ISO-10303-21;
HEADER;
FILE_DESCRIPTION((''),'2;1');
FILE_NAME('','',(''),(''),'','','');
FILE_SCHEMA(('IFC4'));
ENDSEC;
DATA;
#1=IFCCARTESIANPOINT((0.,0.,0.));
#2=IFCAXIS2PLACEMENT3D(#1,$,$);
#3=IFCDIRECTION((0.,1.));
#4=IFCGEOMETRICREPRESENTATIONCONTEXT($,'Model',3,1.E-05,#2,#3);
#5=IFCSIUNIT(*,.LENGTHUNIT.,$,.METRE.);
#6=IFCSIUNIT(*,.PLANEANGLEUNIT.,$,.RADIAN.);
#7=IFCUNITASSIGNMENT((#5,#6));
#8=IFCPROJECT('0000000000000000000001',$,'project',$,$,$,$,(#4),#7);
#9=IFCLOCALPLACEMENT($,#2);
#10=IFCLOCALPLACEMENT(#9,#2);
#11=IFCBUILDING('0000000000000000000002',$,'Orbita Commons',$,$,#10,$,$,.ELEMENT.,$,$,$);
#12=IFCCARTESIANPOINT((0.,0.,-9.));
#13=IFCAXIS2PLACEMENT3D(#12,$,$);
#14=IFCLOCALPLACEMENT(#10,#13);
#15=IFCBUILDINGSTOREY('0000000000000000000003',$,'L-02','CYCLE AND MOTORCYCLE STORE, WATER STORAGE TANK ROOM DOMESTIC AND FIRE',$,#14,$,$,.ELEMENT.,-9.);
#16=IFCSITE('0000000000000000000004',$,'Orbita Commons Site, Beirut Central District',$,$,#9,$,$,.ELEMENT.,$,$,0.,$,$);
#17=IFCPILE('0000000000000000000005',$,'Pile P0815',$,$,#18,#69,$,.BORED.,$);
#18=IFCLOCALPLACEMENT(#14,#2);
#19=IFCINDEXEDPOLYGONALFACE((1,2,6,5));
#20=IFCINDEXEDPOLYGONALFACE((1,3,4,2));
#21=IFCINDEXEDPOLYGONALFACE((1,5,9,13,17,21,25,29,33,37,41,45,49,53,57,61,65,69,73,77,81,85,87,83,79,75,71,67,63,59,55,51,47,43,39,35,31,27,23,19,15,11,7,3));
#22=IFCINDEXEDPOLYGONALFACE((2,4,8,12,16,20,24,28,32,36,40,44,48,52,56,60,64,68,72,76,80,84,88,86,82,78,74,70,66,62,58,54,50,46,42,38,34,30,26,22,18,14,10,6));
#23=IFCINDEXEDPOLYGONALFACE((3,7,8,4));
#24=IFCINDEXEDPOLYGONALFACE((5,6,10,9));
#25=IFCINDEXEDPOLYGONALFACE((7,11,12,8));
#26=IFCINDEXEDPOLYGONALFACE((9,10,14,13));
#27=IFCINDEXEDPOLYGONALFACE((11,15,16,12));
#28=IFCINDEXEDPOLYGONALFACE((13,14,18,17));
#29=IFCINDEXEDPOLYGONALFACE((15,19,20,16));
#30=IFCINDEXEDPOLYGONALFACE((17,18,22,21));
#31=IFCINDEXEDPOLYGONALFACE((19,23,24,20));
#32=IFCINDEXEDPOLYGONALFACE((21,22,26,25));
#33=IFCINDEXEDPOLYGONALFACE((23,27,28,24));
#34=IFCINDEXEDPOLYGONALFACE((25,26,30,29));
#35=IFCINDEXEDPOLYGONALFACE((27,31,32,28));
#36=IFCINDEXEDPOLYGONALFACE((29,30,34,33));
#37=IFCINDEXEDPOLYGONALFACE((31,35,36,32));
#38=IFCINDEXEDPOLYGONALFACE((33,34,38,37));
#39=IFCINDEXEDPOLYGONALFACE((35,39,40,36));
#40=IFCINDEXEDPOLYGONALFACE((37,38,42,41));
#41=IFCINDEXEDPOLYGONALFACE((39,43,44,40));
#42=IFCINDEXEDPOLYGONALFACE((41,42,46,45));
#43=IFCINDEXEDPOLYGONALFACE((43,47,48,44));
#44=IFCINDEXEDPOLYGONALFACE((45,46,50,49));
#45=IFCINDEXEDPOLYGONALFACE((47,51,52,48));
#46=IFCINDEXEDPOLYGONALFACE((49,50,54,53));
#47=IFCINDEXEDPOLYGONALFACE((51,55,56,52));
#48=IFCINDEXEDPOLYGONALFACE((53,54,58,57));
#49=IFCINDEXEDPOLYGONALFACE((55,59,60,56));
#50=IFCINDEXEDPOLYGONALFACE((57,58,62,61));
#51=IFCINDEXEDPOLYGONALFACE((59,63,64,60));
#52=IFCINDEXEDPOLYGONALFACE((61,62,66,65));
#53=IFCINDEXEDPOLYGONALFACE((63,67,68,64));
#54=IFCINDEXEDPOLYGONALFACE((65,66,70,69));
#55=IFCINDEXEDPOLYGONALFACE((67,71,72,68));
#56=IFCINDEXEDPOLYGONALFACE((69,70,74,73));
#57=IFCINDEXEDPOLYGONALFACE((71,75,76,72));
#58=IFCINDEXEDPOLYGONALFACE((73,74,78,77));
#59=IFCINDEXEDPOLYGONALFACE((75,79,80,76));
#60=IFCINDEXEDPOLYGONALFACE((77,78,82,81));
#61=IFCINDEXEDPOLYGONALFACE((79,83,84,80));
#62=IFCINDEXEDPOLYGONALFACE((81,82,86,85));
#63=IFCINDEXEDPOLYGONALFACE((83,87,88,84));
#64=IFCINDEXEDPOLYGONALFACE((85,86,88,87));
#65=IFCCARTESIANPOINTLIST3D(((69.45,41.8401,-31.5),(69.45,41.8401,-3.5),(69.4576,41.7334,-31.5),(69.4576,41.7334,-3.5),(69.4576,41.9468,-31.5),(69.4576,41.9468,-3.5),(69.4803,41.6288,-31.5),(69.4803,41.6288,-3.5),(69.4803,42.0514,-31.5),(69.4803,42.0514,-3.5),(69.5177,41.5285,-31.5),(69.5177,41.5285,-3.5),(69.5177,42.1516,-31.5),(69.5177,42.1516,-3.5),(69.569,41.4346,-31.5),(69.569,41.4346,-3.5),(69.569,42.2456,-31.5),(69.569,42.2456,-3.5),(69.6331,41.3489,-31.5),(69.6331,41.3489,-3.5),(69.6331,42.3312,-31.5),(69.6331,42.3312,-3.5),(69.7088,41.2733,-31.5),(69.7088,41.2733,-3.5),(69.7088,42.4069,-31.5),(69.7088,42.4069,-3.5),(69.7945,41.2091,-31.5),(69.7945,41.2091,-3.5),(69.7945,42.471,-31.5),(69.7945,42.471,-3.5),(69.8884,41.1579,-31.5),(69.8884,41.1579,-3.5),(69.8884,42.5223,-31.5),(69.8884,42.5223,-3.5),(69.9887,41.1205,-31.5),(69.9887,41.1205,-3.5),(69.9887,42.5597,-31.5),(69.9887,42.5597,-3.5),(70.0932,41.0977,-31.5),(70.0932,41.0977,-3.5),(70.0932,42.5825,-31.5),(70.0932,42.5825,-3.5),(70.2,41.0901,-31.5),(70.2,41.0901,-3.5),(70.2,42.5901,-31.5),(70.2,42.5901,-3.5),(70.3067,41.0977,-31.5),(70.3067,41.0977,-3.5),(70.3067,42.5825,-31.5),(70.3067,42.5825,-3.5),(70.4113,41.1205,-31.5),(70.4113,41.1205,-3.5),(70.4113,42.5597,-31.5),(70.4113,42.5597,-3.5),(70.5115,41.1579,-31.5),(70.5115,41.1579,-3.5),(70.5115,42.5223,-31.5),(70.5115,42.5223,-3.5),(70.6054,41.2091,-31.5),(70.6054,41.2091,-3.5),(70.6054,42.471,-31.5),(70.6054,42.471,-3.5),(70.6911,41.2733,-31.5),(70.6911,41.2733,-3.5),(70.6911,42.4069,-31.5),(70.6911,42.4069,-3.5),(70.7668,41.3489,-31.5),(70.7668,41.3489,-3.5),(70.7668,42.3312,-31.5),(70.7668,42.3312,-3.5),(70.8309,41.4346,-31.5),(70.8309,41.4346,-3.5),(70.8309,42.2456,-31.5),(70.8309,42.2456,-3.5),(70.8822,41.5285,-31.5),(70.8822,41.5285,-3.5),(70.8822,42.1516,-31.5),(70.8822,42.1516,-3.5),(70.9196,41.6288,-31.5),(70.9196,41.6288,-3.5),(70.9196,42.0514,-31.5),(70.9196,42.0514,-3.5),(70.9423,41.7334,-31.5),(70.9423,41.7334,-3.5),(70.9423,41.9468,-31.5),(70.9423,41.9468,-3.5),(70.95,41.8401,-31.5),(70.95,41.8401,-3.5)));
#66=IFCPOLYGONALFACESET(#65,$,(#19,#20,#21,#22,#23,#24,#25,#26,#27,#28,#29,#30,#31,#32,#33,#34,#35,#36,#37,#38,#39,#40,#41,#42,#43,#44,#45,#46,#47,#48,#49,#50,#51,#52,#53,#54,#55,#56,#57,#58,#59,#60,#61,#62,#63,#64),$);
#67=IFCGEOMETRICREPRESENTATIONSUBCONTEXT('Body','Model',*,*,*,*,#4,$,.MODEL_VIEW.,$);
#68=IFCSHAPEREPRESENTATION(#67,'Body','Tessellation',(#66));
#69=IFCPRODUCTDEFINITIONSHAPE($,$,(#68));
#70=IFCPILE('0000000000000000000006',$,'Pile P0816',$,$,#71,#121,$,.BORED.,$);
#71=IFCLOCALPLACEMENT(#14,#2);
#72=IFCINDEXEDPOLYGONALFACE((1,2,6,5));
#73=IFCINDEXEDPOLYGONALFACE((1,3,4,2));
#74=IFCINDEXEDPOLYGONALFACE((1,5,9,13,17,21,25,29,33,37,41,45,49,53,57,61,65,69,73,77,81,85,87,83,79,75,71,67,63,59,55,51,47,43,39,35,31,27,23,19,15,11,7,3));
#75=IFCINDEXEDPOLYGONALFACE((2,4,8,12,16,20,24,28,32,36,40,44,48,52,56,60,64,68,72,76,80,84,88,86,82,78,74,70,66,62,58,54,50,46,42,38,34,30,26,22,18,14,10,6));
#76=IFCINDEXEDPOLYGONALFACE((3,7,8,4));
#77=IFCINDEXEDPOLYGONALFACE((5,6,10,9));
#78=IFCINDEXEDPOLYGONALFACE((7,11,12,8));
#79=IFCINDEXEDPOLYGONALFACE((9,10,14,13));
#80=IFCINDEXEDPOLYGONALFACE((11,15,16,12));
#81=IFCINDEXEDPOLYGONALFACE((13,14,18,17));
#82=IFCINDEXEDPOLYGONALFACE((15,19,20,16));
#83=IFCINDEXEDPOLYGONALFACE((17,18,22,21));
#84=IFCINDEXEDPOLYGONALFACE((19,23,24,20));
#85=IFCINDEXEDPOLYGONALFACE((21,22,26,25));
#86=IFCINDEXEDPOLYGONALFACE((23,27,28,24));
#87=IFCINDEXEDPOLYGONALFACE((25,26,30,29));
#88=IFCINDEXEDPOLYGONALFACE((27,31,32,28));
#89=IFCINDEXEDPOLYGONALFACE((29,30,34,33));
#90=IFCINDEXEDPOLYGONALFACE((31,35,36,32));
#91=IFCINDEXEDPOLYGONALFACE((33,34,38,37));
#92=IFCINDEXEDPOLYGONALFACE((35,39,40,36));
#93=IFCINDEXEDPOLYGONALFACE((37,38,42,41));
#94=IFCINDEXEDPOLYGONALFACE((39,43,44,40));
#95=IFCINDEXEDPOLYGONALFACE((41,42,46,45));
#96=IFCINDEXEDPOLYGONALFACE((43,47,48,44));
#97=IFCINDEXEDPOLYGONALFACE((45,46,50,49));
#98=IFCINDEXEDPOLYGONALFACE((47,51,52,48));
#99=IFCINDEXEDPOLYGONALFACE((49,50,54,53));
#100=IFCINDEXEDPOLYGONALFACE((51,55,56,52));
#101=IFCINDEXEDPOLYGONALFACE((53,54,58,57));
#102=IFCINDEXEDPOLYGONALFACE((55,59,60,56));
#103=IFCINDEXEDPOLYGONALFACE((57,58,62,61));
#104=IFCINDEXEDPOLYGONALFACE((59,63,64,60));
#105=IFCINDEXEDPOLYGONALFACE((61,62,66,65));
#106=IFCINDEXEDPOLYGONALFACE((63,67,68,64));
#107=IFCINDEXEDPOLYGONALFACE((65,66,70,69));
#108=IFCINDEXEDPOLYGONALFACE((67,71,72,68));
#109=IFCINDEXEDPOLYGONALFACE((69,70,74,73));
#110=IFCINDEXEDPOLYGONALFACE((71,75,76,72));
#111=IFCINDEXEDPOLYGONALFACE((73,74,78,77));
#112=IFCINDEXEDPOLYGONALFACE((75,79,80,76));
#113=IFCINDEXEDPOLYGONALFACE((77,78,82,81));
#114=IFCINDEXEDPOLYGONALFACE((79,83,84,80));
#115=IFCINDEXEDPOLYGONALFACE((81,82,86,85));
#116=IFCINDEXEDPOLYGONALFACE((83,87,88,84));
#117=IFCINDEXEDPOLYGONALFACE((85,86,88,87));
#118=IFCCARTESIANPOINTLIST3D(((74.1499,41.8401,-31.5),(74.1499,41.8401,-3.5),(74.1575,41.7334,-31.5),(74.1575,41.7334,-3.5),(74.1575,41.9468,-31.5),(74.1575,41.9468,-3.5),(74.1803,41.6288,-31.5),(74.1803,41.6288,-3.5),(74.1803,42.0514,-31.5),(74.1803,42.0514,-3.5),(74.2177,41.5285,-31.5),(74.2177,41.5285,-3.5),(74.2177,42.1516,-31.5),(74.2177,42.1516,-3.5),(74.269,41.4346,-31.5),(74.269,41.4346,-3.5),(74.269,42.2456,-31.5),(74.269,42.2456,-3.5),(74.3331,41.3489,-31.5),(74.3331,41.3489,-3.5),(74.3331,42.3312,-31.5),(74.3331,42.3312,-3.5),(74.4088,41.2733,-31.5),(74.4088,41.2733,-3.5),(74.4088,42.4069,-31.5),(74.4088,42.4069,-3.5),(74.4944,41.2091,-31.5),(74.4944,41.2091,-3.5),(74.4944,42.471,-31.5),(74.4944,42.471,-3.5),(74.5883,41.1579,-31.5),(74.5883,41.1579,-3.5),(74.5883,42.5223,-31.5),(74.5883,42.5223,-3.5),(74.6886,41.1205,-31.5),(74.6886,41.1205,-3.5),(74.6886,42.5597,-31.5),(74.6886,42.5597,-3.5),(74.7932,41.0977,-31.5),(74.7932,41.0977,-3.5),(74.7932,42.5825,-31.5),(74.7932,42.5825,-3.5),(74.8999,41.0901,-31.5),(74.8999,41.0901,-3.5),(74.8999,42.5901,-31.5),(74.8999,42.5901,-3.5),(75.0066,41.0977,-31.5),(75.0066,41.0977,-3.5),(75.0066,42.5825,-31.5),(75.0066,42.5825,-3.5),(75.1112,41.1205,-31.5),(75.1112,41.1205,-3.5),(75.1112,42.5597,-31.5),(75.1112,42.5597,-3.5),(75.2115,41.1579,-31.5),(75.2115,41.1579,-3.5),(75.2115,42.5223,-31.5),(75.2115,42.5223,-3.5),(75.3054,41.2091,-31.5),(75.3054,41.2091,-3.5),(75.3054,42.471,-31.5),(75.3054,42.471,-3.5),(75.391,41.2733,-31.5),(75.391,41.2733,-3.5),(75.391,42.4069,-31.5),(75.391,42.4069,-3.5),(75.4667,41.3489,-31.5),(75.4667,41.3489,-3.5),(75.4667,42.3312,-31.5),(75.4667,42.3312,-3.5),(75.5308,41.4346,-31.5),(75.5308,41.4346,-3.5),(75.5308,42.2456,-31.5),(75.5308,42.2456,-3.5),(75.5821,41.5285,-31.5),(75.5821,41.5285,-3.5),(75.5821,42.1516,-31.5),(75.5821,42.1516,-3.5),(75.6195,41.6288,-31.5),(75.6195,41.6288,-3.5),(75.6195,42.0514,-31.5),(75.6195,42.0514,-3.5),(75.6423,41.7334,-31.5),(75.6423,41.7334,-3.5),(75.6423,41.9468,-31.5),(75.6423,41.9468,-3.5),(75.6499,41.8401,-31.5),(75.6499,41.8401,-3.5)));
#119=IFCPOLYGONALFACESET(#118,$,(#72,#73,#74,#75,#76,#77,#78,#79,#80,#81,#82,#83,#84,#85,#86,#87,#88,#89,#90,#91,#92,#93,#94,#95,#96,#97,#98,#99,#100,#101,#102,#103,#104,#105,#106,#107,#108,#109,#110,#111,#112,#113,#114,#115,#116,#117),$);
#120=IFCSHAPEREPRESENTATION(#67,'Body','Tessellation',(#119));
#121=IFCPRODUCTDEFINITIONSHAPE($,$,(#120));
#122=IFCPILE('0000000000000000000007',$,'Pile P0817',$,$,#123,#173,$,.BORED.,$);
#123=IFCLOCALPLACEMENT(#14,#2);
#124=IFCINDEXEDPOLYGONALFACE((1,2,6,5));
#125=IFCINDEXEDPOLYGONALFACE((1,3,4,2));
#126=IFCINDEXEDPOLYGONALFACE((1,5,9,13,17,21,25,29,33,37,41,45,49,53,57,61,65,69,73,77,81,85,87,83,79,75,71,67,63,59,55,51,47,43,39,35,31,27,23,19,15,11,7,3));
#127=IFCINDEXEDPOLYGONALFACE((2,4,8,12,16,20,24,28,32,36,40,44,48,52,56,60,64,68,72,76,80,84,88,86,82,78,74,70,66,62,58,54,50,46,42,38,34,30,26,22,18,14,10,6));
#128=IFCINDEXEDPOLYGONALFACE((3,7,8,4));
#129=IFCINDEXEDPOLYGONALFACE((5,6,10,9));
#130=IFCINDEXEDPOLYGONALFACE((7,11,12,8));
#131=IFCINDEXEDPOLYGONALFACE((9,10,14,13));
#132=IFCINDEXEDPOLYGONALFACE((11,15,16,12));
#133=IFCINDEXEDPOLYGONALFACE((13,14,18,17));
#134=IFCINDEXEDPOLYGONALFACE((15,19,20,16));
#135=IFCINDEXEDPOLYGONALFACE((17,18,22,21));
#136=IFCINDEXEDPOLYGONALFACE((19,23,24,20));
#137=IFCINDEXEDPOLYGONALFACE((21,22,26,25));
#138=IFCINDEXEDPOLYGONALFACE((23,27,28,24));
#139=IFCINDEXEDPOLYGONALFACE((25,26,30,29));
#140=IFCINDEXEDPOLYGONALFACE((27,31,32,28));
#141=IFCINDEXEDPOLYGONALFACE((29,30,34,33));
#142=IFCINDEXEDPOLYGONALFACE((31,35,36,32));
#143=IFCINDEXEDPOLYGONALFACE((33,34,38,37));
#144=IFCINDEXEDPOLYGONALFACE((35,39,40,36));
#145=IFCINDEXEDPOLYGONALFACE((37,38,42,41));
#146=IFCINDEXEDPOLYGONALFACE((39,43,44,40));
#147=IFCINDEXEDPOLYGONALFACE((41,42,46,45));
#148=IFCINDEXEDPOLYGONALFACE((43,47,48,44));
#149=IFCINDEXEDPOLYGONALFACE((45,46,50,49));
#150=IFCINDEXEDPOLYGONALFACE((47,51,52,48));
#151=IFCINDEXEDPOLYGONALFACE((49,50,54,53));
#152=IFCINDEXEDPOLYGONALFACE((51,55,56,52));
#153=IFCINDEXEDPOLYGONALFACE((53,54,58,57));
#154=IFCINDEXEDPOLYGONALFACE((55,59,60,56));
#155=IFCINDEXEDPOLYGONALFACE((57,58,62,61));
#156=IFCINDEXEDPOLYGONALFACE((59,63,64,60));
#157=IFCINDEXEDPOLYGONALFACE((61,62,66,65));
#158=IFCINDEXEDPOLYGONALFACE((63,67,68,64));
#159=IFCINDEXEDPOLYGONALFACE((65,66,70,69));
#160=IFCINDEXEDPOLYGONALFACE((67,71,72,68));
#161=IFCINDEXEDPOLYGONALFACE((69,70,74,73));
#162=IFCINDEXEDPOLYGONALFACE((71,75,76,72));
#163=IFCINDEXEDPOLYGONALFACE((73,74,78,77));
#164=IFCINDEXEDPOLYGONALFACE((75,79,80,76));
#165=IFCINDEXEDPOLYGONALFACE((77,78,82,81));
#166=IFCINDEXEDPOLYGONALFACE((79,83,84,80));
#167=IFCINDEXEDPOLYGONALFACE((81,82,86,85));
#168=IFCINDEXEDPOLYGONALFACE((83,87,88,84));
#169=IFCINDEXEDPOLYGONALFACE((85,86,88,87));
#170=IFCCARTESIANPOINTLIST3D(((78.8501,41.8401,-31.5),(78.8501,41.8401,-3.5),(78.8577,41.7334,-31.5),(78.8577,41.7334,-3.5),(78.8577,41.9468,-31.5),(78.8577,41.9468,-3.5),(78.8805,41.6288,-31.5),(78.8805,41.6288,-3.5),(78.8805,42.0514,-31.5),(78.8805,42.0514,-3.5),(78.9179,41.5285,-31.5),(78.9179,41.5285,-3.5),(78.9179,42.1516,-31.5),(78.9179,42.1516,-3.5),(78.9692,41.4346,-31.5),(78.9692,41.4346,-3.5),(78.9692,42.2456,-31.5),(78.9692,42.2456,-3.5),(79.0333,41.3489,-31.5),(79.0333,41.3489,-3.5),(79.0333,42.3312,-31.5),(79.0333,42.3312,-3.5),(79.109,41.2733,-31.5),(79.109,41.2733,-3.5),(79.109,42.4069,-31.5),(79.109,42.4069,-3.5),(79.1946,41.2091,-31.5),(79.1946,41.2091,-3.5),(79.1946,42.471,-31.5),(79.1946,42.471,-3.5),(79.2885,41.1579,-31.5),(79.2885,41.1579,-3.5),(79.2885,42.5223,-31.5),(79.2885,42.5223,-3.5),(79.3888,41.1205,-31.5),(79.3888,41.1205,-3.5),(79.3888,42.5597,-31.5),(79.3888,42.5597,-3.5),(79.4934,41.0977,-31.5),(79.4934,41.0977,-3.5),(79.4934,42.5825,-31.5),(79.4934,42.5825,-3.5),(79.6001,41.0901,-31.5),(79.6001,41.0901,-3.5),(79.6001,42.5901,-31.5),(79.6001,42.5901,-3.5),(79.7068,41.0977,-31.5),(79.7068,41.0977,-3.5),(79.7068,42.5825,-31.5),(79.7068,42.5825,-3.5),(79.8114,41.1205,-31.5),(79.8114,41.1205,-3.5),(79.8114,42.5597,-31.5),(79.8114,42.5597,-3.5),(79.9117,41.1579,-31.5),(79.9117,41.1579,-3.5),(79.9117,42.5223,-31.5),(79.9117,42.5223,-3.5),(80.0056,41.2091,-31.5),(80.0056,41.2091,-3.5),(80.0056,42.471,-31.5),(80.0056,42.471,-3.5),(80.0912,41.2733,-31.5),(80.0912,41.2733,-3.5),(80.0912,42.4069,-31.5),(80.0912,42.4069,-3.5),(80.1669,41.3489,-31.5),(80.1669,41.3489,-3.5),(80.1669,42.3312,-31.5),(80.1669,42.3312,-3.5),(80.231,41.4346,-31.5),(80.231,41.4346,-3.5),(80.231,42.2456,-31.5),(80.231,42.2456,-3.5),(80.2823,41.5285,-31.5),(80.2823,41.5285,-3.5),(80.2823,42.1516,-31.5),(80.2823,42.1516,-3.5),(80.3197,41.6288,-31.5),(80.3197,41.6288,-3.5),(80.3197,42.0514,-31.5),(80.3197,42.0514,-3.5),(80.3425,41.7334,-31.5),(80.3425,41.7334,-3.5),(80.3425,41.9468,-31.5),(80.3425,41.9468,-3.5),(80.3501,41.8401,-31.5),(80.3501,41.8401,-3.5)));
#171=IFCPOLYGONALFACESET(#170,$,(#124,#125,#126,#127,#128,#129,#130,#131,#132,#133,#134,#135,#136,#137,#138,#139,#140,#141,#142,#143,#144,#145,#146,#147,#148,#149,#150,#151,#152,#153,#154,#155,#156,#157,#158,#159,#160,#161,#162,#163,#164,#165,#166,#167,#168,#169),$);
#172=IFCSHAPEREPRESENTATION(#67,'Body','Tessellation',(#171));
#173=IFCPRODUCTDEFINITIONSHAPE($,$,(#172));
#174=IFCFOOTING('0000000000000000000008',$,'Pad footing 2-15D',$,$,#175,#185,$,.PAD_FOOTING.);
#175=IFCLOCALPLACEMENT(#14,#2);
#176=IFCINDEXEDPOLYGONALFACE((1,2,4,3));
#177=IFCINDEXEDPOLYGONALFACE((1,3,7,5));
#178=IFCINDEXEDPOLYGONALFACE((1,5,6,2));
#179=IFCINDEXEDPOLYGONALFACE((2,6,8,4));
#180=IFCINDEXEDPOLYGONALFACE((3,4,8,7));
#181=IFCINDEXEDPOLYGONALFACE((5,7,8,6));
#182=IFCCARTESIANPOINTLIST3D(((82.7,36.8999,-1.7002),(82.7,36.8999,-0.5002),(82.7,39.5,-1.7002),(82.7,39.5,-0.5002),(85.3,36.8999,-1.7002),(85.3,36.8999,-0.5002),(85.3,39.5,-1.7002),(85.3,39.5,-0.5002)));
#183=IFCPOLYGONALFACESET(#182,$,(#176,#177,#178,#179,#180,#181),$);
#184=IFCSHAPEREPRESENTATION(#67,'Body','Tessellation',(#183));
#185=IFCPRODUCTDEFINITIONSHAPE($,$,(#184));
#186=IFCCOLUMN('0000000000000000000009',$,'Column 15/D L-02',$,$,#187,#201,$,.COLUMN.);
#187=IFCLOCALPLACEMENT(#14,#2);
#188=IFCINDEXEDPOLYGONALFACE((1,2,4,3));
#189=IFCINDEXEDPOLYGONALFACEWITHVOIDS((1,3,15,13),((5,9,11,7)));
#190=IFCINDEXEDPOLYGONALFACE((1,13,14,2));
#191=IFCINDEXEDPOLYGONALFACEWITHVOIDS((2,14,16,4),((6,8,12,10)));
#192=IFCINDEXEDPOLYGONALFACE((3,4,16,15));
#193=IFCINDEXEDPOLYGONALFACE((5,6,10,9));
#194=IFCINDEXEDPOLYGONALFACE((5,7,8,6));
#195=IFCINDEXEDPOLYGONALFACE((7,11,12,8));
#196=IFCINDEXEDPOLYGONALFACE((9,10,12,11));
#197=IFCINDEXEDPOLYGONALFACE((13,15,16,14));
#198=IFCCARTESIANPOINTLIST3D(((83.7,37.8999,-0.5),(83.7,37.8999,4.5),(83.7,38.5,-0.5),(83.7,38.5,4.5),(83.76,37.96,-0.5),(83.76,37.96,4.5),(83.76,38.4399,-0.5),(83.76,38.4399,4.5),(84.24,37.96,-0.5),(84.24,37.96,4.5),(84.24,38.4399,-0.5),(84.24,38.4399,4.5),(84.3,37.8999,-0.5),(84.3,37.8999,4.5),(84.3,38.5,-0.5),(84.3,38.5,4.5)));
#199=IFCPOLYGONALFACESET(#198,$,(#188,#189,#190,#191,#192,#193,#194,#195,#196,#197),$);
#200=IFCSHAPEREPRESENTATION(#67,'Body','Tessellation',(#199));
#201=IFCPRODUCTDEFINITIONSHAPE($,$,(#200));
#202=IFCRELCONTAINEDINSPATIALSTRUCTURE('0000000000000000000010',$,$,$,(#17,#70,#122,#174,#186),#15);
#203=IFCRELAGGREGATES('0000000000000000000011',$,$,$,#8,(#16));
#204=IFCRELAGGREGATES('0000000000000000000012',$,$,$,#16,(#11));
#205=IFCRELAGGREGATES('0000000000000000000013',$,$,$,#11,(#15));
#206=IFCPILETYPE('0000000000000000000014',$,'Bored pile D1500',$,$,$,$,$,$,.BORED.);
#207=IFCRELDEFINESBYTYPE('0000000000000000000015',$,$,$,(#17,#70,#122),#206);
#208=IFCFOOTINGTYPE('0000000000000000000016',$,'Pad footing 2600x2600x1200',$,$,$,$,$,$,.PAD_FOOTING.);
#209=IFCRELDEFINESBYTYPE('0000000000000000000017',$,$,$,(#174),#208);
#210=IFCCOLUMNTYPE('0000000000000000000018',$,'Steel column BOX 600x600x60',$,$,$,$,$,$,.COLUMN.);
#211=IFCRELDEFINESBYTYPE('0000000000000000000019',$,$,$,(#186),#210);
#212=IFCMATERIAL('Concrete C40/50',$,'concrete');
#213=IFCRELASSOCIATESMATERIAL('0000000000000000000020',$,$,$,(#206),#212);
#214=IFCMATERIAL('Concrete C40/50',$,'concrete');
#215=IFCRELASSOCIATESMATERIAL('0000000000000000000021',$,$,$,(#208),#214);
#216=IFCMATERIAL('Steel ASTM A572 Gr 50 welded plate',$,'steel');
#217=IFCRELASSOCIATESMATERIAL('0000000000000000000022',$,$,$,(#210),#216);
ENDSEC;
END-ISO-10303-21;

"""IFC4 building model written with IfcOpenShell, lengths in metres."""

from ifc_helpers import new_model, si_unit, direction, frame, origin, origin_2d, place, context, subcontext, project, spatial, rectangle, hollow_rectangle, circle, extrude, material, material_profile, profile_set, type_object, element, save


model = new_model("IFC4")

# Units and contexts
model_context = context("Model", 3, precision=1e-05, world=origin(), true_north=direction((0.0, 1.0)))
body_context = subcontext(model_context, "Body", "Model", "MODEL_VIEW")
ifc_project = project(units=[si_unit("LENGTHUNIT", "METRE"), si_unit("PLANEANGLEUNIT", "RADIAN")], contexts=[model_context])

# Site, building, storey
site_placement = place(None, origin())
site = spatial("IfcSite", under=ifc_project, at=site_placement, Name="Orbita Commons Site, Beirut Central District", CompositionType="ELEMENT", RefElevation=0.0)
building_placement = place(site_placement, origin())
building = spatial("IfcBuilding", under=site, at=building_placement, Name="Orbita Commons", CompositionType="ELEMENT")
storey_placement = place(building_placement, frame((0.0, 0.0, -9.0)))
storey = spatial("IfcBuildingStorey", under=building, at=storey_placement, Name="L-02", Description="CYCLE AND MOTORCYCLE STORE, WATER STORAGE TANK ROOM DOMESTIC AND FIRE", CompositionType="ELEMENT", Elevation=-9.0)

# Piles
ifc_material_1 = material(Name="Concrete C40/50", Category="concrete")
ifc_material_profile_1 = material_profile(ifc_material_1, circle(Radius=0.75, at=origin_2d()), Name="RC D1500")
ifc_profile_set_1 = profile_set([ifc_material_profile_1], Name="Concrete C40/50")
pile_type = type_object("IfcPileType", Name="Bored pile D1500", PredefinedType="BORED", material=ifc_profile_set_1)
for number, where, z_axis, x_axis, name in (
    (1, (70.2, 41.8401, -3.5), (0.0, 0.0, -1.0), (1.0, 0.0, 0.0), "Pile P0815"),
    (2, (74.8999, 41.8401, -3.5), (0.0, 0.0, -1.0), (1.0, 0.0, 0.0), "Pile P0816"),
    (3, (79.6001, 41.8401, -3.5), (0.0, 0.0, -1.0), (1.0, 0.0, 0.0), "Pile P0817"),
):
    element("IfcPile", number, at=place(storey_placement, frame(where, z_axis=z_axis, x_axis=x_axis)), inside=storey, type_object=pile_type, Name=name, PredefinedType="BORED", context=body_context, shape_type="SweptSolid", body=[
        extrude(circle(Radius=0.75, at=origin_2d()), origin(), (0.0, 0.0, 1.0), 28.0),
    ])

# Footing
ifc_material_2 = material(Name="Concrete C40/50", Category="concrete")
footing_type = type_object("IfcFootingType", Name="Pad footing 2600x2600x1200", PredefinedType="PAD_FOOTING", material=ifc_material_2)
footing_placement = place(storey_placement, frame((84.0, 38.2, -1.7002), z_axis=(0.0, 0.0, 1.0), x_axis=(1.0, 0.0, 0.0)))
element("IfcFooting", 4, at=footing_placement, inside=storey, type_object=footing_type, Name="Pad footing 2-15D", PredefinedType="PAD_FOOTING", context=body_context, shape_type="SweptSolid", body=[
    extrude(rectangle(XDim=2.6001, YDim=2.6001, at=origin_2d()), origin(), (0.0, 0.0, 1.0), 1.2),
])

# Column
ifc_material_3 = material(Name="Steel ASTM A572 Gr 50 welded plate", Category="steel")
ifc_material_profile_2 = material_profile(ifc_material_3, hollow_rectangle(XDim=0.6001, YDim=0.6001, WallThickness=0.0601, at=origin_2d()), Name="BOX 600x600x60")
ifc_profile_set_2 = profile_set([ifc_material_profile_2], Name="Steel ASTM A572 Gr 50 welded plate")
column_type = type_object("IfcColumnType", Name="Steel column BOX 600x600x60", PredefinedType="COLUMN", material=ifc_profile_set_2)
column_placement = place(storey_placement, frame((84.0, 38.2, -0.5), z_axis=(0.0, 0.0, 1.0), x_axis=(1.0, 0.0, 0.0)))
element("IfcColumn", 5, at=column_placement, inside=storey, type_object=column_type, Name="Column 15/D L-02", PredefinedType="COLUMN", context=body_context, shape_type="SweptSolid", body=[
    extrude(hollow_rectangle(XDim=0.6001, YDim=0.6001, WallThickness=0.0601, at=origin_2d()), origin(), (0.0, 0.0, 1.0), 5.0),
])

save(model, "model.ifc")
